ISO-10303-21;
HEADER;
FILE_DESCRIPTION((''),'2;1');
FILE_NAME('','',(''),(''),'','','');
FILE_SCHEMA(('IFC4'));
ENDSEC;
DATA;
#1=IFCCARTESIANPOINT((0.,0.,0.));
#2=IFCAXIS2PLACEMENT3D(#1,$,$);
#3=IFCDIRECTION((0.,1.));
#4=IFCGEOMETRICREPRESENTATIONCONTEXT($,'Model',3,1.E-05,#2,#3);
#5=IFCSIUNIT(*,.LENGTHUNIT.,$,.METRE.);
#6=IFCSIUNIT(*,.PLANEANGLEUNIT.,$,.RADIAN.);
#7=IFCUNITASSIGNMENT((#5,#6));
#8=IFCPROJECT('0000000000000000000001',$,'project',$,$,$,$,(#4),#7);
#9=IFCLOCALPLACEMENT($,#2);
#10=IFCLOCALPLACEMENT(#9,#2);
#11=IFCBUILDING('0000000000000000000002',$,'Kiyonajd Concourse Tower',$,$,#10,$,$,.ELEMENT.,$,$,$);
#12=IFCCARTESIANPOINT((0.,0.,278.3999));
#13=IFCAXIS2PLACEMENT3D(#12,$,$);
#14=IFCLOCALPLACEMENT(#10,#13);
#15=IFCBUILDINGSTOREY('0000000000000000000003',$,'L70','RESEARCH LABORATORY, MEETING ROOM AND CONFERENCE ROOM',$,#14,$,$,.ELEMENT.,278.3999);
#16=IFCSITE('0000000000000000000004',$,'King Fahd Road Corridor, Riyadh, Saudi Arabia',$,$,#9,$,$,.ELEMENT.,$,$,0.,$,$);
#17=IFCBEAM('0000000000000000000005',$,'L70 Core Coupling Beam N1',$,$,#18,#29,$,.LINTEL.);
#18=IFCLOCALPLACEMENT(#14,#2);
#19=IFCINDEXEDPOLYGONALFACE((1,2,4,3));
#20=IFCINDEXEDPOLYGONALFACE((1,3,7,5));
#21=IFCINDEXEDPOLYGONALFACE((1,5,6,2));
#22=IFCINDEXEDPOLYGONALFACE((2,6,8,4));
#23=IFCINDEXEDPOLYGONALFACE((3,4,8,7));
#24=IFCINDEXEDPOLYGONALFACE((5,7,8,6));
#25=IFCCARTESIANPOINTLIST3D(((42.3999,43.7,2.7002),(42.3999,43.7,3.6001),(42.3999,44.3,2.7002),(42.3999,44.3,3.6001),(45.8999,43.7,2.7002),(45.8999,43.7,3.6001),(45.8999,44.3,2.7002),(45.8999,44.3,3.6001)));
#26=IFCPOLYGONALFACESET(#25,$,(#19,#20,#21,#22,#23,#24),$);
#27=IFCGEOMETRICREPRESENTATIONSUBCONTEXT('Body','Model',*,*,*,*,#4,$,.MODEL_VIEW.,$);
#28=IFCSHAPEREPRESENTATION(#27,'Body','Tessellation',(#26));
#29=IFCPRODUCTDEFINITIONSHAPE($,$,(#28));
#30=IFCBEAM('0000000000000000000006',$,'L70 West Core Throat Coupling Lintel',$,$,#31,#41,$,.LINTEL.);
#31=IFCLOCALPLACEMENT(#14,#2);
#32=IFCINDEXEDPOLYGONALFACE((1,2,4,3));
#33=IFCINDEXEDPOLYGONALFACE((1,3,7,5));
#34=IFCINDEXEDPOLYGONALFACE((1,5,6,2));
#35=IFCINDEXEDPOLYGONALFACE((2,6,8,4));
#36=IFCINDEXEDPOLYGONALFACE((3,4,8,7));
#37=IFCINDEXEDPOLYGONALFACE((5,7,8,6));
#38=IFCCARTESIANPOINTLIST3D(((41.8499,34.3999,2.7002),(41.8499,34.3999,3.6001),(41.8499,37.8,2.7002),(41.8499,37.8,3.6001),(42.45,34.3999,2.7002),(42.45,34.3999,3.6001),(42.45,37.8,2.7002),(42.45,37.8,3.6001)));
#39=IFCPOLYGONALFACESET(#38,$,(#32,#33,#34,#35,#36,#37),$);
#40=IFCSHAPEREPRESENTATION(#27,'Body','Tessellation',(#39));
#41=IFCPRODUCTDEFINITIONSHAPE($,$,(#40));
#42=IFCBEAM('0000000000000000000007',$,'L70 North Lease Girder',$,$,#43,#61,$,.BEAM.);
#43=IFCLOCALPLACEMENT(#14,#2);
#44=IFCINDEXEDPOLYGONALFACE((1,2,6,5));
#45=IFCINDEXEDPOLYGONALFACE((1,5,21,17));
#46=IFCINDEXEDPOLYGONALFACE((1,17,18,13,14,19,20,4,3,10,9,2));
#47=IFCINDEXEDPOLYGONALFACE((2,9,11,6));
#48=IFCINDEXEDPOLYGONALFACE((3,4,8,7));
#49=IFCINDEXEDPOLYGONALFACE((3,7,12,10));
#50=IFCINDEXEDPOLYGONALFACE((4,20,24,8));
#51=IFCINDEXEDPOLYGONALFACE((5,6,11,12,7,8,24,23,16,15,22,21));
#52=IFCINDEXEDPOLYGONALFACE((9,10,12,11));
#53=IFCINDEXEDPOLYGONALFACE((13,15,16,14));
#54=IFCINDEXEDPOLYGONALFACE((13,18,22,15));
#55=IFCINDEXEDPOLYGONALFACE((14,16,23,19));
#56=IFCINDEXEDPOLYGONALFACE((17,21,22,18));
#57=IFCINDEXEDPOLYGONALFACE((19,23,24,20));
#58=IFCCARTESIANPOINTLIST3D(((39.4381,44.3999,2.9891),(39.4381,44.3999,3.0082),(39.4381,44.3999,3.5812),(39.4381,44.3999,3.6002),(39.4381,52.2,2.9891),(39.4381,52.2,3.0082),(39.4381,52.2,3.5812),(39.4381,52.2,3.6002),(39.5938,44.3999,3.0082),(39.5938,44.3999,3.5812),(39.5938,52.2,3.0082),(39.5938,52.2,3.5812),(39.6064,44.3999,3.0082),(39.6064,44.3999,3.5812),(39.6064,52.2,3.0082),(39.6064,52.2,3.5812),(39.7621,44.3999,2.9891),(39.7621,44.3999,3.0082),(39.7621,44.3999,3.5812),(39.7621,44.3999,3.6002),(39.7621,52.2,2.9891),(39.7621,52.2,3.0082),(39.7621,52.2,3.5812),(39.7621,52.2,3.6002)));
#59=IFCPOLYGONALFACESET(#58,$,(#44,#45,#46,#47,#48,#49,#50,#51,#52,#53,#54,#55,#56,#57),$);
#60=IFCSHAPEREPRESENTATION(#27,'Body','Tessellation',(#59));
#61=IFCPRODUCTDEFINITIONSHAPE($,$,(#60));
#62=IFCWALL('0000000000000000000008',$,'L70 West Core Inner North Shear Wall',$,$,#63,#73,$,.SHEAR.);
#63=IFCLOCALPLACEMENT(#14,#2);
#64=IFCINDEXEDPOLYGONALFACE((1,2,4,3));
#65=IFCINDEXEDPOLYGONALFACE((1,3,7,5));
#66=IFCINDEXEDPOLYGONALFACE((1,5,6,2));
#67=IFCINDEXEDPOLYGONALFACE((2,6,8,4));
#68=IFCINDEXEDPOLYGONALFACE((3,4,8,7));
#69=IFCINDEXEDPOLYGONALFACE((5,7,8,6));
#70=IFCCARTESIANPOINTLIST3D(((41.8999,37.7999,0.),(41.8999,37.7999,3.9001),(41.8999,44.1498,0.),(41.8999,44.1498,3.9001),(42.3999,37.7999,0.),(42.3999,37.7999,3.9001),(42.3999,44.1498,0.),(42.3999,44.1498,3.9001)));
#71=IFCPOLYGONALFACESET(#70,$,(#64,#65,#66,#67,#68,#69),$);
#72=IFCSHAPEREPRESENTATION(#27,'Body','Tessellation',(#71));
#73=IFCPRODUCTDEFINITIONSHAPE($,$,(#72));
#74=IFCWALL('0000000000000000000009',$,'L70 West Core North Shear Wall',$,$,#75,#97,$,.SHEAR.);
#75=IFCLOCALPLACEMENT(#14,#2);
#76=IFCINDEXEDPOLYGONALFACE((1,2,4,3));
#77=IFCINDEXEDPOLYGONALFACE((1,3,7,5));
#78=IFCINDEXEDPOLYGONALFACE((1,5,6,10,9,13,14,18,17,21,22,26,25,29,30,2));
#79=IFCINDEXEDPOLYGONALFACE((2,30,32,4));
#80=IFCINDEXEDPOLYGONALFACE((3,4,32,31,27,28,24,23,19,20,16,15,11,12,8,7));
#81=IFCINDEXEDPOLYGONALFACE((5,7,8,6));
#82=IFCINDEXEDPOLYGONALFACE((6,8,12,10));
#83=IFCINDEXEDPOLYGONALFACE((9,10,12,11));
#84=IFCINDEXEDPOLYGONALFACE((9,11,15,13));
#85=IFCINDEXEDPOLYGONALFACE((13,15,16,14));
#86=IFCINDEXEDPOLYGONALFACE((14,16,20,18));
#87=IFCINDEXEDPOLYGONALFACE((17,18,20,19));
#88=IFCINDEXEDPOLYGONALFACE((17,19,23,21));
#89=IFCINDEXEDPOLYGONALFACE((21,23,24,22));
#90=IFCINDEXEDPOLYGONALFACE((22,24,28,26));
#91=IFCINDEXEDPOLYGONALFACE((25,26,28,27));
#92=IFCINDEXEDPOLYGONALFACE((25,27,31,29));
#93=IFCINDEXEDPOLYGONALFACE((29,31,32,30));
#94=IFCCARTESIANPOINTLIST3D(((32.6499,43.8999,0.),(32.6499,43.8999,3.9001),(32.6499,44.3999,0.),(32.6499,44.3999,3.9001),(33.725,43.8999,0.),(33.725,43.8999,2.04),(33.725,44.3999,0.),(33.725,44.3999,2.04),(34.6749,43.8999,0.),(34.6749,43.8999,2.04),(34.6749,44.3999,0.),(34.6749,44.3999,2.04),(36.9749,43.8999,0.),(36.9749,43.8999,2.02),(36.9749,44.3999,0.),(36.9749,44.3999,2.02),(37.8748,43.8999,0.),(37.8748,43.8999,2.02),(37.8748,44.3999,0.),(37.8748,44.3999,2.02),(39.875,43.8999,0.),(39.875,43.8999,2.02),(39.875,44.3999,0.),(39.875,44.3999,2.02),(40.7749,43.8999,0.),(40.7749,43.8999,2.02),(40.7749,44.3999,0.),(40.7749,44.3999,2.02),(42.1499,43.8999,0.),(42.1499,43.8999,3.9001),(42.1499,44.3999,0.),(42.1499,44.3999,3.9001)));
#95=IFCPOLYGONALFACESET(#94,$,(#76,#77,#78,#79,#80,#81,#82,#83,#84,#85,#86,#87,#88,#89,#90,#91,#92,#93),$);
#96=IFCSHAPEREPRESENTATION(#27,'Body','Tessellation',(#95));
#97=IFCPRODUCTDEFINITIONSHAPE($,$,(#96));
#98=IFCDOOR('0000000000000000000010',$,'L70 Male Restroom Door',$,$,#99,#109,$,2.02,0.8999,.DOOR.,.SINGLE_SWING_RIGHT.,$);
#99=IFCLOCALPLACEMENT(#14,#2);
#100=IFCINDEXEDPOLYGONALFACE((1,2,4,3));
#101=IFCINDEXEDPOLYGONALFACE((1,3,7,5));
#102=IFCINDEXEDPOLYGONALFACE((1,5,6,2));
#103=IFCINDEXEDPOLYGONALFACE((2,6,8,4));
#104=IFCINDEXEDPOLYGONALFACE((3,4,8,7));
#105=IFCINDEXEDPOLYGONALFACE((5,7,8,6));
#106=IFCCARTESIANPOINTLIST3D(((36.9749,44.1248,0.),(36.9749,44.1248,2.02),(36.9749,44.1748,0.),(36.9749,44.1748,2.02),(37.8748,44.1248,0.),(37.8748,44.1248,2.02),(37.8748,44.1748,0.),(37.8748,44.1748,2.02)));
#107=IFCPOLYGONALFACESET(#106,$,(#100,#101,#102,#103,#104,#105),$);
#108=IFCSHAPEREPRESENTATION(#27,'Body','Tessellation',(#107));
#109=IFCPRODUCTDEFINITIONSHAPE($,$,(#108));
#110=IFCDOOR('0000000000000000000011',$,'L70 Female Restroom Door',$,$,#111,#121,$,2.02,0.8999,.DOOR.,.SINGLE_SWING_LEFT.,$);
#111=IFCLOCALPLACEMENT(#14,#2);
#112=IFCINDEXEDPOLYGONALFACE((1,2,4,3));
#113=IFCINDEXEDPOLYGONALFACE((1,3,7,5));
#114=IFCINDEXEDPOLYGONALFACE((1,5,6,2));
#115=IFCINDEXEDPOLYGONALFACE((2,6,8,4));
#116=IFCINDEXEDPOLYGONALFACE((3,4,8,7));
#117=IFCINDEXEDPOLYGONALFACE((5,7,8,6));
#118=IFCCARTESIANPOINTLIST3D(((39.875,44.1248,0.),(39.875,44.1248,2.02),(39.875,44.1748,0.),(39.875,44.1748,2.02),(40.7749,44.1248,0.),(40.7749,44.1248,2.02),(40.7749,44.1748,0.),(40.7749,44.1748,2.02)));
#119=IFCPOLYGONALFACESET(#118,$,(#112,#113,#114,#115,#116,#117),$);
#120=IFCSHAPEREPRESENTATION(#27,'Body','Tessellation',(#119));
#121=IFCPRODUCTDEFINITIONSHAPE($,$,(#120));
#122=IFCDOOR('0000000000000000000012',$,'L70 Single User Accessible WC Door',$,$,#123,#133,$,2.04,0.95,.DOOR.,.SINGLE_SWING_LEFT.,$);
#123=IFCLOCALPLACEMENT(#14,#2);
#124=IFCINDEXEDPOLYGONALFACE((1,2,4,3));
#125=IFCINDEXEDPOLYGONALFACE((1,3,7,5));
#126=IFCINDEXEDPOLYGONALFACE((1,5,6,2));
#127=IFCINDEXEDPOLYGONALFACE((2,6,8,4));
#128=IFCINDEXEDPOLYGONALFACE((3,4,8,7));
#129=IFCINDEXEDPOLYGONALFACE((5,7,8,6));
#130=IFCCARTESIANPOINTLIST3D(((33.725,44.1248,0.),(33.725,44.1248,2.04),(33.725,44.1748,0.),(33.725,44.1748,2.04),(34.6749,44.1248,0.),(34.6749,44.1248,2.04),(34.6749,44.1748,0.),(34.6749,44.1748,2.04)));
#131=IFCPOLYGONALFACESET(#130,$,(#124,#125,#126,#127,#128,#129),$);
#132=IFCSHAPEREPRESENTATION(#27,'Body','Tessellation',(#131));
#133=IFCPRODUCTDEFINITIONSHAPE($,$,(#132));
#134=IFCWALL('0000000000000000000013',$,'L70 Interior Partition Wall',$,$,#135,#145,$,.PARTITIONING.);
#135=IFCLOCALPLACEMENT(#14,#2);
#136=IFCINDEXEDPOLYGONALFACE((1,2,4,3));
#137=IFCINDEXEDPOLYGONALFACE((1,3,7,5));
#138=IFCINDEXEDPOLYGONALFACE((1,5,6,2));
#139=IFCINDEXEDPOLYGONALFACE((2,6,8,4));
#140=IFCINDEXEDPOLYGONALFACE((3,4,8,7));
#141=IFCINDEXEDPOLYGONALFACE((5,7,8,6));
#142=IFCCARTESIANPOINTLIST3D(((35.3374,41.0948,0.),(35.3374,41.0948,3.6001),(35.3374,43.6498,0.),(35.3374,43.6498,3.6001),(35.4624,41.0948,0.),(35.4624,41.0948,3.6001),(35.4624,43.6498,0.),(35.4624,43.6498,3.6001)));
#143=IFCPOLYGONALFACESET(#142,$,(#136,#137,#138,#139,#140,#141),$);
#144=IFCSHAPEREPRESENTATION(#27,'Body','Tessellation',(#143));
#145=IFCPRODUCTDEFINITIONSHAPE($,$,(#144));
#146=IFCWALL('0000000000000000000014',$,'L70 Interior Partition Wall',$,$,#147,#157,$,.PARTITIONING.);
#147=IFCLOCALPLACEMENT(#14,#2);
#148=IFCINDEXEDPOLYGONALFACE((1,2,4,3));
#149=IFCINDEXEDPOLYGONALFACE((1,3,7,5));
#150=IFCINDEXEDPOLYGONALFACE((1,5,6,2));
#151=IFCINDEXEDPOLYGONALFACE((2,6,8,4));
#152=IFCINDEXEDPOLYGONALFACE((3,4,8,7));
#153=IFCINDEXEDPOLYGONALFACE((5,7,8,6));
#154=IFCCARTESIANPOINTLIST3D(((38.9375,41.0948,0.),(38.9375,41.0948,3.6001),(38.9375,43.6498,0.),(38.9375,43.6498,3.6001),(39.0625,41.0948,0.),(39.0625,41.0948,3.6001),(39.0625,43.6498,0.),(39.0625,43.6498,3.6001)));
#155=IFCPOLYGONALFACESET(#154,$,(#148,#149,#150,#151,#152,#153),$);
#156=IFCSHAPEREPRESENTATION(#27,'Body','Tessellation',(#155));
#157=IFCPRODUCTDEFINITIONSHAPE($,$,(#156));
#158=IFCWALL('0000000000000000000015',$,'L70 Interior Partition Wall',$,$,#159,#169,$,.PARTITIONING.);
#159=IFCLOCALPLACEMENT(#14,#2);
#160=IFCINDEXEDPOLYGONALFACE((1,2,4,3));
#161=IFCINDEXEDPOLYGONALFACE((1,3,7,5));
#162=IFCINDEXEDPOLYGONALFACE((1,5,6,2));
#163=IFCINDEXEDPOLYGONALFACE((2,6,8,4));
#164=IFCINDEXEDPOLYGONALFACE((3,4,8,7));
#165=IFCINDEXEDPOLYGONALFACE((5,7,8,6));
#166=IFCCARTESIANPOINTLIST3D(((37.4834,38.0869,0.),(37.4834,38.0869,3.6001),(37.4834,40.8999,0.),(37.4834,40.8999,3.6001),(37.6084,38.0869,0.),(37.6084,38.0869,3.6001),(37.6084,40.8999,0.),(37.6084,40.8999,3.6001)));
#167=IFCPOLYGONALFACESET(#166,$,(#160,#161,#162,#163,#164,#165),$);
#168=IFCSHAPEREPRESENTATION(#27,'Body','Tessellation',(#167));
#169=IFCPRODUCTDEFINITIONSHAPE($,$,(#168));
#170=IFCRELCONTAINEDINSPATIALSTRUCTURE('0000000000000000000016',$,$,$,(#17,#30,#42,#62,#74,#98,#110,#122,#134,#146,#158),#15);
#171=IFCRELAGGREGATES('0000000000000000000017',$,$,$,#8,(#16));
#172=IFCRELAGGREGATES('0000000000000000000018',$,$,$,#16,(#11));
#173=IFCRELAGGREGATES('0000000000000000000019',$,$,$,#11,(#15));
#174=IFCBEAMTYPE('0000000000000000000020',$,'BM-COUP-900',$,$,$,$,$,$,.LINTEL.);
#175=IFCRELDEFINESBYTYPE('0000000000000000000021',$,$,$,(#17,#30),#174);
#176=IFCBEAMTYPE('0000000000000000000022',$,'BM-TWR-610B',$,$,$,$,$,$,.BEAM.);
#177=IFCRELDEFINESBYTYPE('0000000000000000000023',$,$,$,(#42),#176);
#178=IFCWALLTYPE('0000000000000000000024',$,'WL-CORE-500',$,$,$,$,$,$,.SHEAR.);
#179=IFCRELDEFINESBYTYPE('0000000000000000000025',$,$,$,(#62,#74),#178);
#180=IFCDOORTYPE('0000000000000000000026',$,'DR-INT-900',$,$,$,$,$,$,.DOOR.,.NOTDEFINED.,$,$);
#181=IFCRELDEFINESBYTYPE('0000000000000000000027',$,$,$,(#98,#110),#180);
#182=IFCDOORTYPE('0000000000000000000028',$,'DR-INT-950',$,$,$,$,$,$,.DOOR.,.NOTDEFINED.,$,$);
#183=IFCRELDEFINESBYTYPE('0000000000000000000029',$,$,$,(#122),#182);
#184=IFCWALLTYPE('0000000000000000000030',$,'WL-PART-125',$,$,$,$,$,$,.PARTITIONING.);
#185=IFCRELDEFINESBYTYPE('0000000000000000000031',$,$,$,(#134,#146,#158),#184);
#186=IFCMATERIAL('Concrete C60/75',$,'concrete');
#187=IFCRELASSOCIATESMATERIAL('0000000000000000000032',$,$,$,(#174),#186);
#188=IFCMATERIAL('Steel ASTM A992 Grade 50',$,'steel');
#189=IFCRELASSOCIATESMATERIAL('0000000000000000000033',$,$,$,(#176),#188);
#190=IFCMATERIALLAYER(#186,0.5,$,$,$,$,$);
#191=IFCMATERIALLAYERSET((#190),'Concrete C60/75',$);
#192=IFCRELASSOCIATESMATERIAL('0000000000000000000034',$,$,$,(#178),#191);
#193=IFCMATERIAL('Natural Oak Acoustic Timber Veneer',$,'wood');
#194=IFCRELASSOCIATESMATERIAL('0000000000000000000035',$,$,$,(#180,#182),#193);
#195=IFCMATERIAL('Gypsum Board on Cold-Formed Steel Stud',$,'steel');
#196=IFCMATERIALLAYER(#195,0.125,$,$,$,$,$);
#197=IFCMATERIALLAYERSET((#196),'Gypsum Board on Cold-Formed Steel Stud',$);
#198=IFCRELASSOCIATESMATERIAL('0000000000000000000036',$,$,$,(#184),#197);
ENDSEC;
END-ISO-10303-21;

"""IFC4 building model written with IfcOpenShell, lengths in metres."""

from ifc_helpers import new_model, si_unit, direction, frame, frame_2d, origin, origin_2d, place, context, subcontext, project, spatial, rectangle, i_section, extrude, material, layer, layer_set, material_profile, profile_set, type_object, element, fill, save


model = new_model("IFC4")

# Units and contexts
model_context = context("Model", 3, precision=1e-05, world=origin(), true_north=direction((0.0, 1.0)))
body_context = subcontext(model_context, "Body", "Model", "MODEL_VIEW")
ifc_project = project(units=[si_unit("LENGTHUNIT", "METRE"), si_unit("PLANEANGLEUNIT", "RADIAN")], contexts=[model_context])

# Site, building, storey
site_placement = place(None, origin())
site = spatial("IfcSite", under=ifc_project, at=site_placement, Name="King Fahd Road Corridor, Riyadh, Saudi Arabia", CompositionType="ELEMENT", RefElevation=0.0)
building_placement = place(site_placement, origin())
building = spatial("IfcBuilding", under=site, at=building_placement, Name="Kiyonajd Concourse Tower", CompositionType="ELEMENT")
storey_placement = place(building_placement, frame((0.0, 0.0, 278.3999)))
storey = spatial("IfcBuildingStorey", under=building, at=storey_placement, Name="L70", Description="RESEARCH LABORATORY, MEETING ROOM AND CONFERENCE ROOM", CompositionType="ELEMENT", Elevation=278.3999)

# Beams
ifc_material_1 = material(Name="Concrete C60/75", Category="concrete")
ifc_material_profile_1 = material_profile(ifc_material_1, rectangle(XDim=0.6001, YDim=0.8999, at=origin_2d()), Name="RCBM-600x900")
ifc_profile_set_1 = profile_set([ifc_material_profile_1], Name="Concrete C60/75")
beam_type_1 = type_object("IfcBeamType", Name="BM-COUP-900", PredefinedType="LINTEL", material=ifc_profile_set_1)
beam_1_placement = place(storey_placement, frame((42.3999, 44.0, 3.1501), z_axis=(1.0, 0.0, 0.0), x_axis=(0.0, 1.0, 0.0)))
element("IfcBeam", 1, at=beam_1_placement, inside=storey, type_object=beam_type_1, Name="L70 Core Coupling Beam N1", PredefinedType="LINTEL", context=body_context, shape_type="SweptSolid", body=[
    extrude(rectangle(XDim=0.6001, YDim=0.8999, at=origin_2d()), origin(), (0.0, 0.0, 1.0), 3.5),
])
beam_2_placement = place(storey_placement, frame((42.1499, 34.3999, 3.1501), z_axis=(0.0, 1.0, 0.0), x_axis=(-1.0, 0.0, 0.0)))
element("IfcBeam", 2, at=beam_2_placement, inside=storey, type_object=beam_type_1, Name="L70 West Core Throat Coupling Lintel", PredefinedType="LINTEL", context=body_context, shape_type="SweptSolid", body=[
    extrude(rectangle(XDim=0.6001, YDim=0.8999, at=origin_2d()), origin(), (0.0, 0.0, 1.0), 3.4001),
])
ifc_material_2 = material(Name="Steel ASTM A992 Grade 50", Category="steel")
ifc_material_profile_2 = material_profile(ifc_material_2, i_section(OverallWidth=0.324, OverallDepth=0.6111, WebThickness=0.0127, FlangeThickness=0.019, at=origin_2d()), Name="W610X155")
ifc_profile_set_2 = profile_set([ifc_material_profile_2], Name="Steel ASTM A992 Grade 50")
beam_type_2 = type_object("IfcBeamType", Name="BM-TWR-610B", PredefinedType="BEAM", material=ifc_profile_set_2)
beam_3_placement = place(storey_placement, frame((39.6001, 44.3999, 3.2947), z_axis=(0.0, 1.0, 0.0), x_axis=(-1.0, 0.0, 0.0)))
element("IfcBeam", 3, at=beam_3_placement, inside=storey, type_object=beam_type_2, Name="L70 North Lease Girder", PredefinedType="BEAM", context=body_context, shape_type="SweptSolid", body=[
    extrude(i_section(OverallWidth=0.324, OverallDepth=0.6111, WebThickness=0.0127, FlangeThickness=0.019, at=origin_2d()), origin(), (0.0, 0.0, 1.0), 7.8),
])

# Wall
ifc_layer_1 = layer(ifc_material_1, 0.5)
ifc_layer_set_1 = layer_set([ifc_layer_1], Name="Concrete C60/75")
wall_type_1 = type_object("IfcWallType", Name="WL-CORE-500", PredefinedType="SHEAR", material=ifc_layer_set_1)
wall_1_placement = place(storey_placement, frame((42.1499, 37.8, 0.0), z_axis=(0.0, 0.0, 1.0), x_axis=(0.0, 1.0, 0.0)))
element("IfcWall", 4, at=wall_1_placement, inside=storey, type_object=wall_type_1, Name="L70 West Core Inner North Shear Wall", PredefinedType="SHEAR", context=body_context, shape_type="SweptSolid", body=[
    extrude(rectangle(XDim=6.3499, YDim=0.5, at=frame_2d((3.1748, 0.0))), origin(), (0.0, 0.0, 1.0), 3.9001),
])

# Wall, openings, doors
wall_2_placement = place(storey_placement, frame((32.6499, 44.1499, 0.0), z_axis=(0.0, 0.0, 1.0), x_axis=(1.0, 0.0, 0.0)))
wall_2 = element("IfcWall", 5, at=wall_2_placement, inside=storey, type_object=wall_type_1, Name="L70 West Core North Shear Wall", PredefinedType="SHEAR", context=body_context, shape_type="SweptSolid", body=[
    extrude(rectangle(XDim=9.5, YDim=0.5, at=frame_2d((4.75, 0.0))), origin(), (0.0, 0.0, 1.0), 3.9001),
])
opening_1_placement = place(wall_2_placement, frame((1.075, 0.0, 0.0)))
opening_1 = element("IfcOpeningElement", 6, at=opening_1_placement, cuts=wall_2, PredefinedType="OPENING", context=body_context, shape_type="SweptSolid", body=[
    extrude(rectangle(XDim=0.95, YDim=2.04, at=frame_2d((0.4751, 1.02))), frame((0.0, 0.26, 0.0), z_axis=(0.0, -1.0, 0.0), x_axis=(1.0, 0.0, 0.0)), (0.0, 0.0, 1.0), 0.52),
])
opening_2_placement = place(wall_2_placement, frame((4.325, 0.0, 0.0)))
opening_2 = element("IfcOpeningElement", 7, at=opening_2_placement, cuts=wall_2, PredefinedType="OPENING", context=body_context, shape_type="SweptSolid", body=[
    extrude(rectangle(XDim=0.8999, YDim=2.02, at=frame_2d((0.45, 1.01))), frame((0.0, 0.26, 0.0), z_axis=(0.0, -1.0, 0.0), x_axis=(1.0, 0.0, 0.0)), (0.0, 0.0, 1.0), 0.52),
])
opening_3_placement = place(wall_2_placement, frame((7.2251, 0.0, 0.0)))
opening_3 = element("IfcOpeningElement", 8, at=opening_3_placement, cuts=wall_2, PredefinedType="OPENING", context=body_context, shape_type="SweptSolid", body=[
    extrude(rectangle(XDim=0.8999, YDim=2.02, at=frame_2d((0.45, 1.01))), frame((0.0, 0.26, 0.0), z_axis=(0.0, -1.0, 0.0), x_axis=(1.0, 0.0, 0.0)), (0.0, 0.0, 1.0), 0.52),
])
ifc_material_3 = material(Name="Natural Oak Acoustic Timber Veneer", Category="wood")
door_type_1 = type_object("IfcDoorType", Name="DR-INT-900", OperationType="NOTDEFINED", PredefinedType="DOOR", material=ifc_material_3)
door_1_placement = place(opening_2_placement, origin())
door_1 = element("IfcDoor", 9, at=door_1_placement, inside=storey, type_object=door_type_1, Name="L70 Male Restroom Door", OperationType="SINGLE_SWING_RIGHT", OverallHeight=2.02, OverallWidth=0.8999, PredefinedType="DOOR", context=body_context, shape_type="SweptSolid", body=[
    extrude(rectangle(XDim=0.8999, YDim=2.02, at=frame_2d((0.45, 1.01))), frame((0.0, 0.0249, 0.0), z_axis=(0.0, -1.0, 0.0), x_axis=(1.0, 0.0, 0.0)), (0.0, 0.0, 1.0), 0.05),
])
fill(opening_2, door_1)
door_2_placement = place(opening_3_placement, origin())
door_2 = element("IfcDoor", 10, at=door_2_placement, inside=storey, type_object=door_type_1, Name="L70 Female Restroom Door", OperationType="SINGLE_SWING_LEFT", OverallHeight=2.02, OverallWidth=0.8999, PredefinedType="DOOR", context=body_context, shape_type="SweptSolid", body=[
    extrude(rectangle(XDim=0.8999, YDim=2.02, at=frame_2d((0.45, 1.01))), frame((0.0, 0.0249, 0.0), z_axis=(0.0, -1.0, 0.0), x_axis=(1.0, 0.0, 0.0)), (0.0, 0.0, 1.0), 0.05),
])
fill(opening_3, door_2)
door_type_2 = type_object("IfcDoorType", Name="DR-INT-950", OperationType="NOTDEFINED", PredefinedType="DOOR", material=ifc_material_3)
door_3_placement = place(opening_1_placement, origin())
door_3 = element("IfcDoor", 11, at=door_3_placement, inside=storey, type_object=door_type_2, Name="L70 Single User Accessible WC Door", OperationType="SINGLE_SWING_LEFT", OverallHeight=2.04, OverallWidth=0.95, PredefinedType="DOOR", context=body_context, shape_type="SweptSolid", body=[
    extrude(rectangle(XDim=0.95, YDim=2.04, at=frame_2d((0.4751, 1.02))), frame((0.0, 0.0249, 0.0), z_axis=(0.0, -1.0, 0.0), x_axis=(1.0, 0.0, 0.0)), (0.0, 0.0, 1.0), 0.05),
])
fill(opening_1, door_3)

# Walls
ifc_material_4 = material(Name="Gypsum Board on Cold-Formed Steel Stud", Category="steel")
ifc_layer_2 = layer(ifc_material_4, 0.125)
ifc_layer_set_2 = layer_set([ifc_layer_2], Name="Gypsum Board on Cold-Formed Steel Stud")
wall_type_2 = type_object("IfcWallType", Name="WL-PART-125", PredefinedType="PARTITIONING", material=ifc_layer_set_2)
for number, where, z_axis, x_axis, name in (
    (12, (35.3999, 41.095, 0.0), (0.0, 0.0, 1.0), (0.0, 1.0, 0.0), "L70 Interior Partition Wall"),
    (13, (39.0, 41.095, 0.0), (0.0, 0.0, 1.0), (0.0, 1.0, 0.0), "L70 Interior Partition Wall"),
):
    element("IfcWall", number, at=place(storey_placement, frame(where, z_axis=z_axis, x_axis=x_axis)), inside=storey, type_object=wall_type_2, Name=name, PredefinedType="PARTITIONING", context=body_context, shape_type="SweptSolid", body=[
        extrude(rectangle(XDim=2.5549, YDim=0.125, at=frame_2d((1.2773, 0.0))), origin(), (0.0, 0.0, 1.0), 3.6001),
    ])
wall_3_placement = place(storey_placement, frame((37.5459, 38.0869, 0.0), z_axis=(0.0, 0.0, 1.0), x_axis=(0.0, 1.0, 0.0)))
element("IfcWall", 14, at=wall_3_placement, inside=storey, type_object=wall_type_2, Name="L70 Interior Partition Wall", PredefinedType="PARTITIONING", context=body_context, shape_type="SweptSolid", body=[
    extrude(rectangle(XDim=2.813, YDim=0.125, at=frame_2d((1.4065, 0.0))), origin(), (0.0, 0.0, 1.0), 3.6001),
])

save(model, "model.ifc")
